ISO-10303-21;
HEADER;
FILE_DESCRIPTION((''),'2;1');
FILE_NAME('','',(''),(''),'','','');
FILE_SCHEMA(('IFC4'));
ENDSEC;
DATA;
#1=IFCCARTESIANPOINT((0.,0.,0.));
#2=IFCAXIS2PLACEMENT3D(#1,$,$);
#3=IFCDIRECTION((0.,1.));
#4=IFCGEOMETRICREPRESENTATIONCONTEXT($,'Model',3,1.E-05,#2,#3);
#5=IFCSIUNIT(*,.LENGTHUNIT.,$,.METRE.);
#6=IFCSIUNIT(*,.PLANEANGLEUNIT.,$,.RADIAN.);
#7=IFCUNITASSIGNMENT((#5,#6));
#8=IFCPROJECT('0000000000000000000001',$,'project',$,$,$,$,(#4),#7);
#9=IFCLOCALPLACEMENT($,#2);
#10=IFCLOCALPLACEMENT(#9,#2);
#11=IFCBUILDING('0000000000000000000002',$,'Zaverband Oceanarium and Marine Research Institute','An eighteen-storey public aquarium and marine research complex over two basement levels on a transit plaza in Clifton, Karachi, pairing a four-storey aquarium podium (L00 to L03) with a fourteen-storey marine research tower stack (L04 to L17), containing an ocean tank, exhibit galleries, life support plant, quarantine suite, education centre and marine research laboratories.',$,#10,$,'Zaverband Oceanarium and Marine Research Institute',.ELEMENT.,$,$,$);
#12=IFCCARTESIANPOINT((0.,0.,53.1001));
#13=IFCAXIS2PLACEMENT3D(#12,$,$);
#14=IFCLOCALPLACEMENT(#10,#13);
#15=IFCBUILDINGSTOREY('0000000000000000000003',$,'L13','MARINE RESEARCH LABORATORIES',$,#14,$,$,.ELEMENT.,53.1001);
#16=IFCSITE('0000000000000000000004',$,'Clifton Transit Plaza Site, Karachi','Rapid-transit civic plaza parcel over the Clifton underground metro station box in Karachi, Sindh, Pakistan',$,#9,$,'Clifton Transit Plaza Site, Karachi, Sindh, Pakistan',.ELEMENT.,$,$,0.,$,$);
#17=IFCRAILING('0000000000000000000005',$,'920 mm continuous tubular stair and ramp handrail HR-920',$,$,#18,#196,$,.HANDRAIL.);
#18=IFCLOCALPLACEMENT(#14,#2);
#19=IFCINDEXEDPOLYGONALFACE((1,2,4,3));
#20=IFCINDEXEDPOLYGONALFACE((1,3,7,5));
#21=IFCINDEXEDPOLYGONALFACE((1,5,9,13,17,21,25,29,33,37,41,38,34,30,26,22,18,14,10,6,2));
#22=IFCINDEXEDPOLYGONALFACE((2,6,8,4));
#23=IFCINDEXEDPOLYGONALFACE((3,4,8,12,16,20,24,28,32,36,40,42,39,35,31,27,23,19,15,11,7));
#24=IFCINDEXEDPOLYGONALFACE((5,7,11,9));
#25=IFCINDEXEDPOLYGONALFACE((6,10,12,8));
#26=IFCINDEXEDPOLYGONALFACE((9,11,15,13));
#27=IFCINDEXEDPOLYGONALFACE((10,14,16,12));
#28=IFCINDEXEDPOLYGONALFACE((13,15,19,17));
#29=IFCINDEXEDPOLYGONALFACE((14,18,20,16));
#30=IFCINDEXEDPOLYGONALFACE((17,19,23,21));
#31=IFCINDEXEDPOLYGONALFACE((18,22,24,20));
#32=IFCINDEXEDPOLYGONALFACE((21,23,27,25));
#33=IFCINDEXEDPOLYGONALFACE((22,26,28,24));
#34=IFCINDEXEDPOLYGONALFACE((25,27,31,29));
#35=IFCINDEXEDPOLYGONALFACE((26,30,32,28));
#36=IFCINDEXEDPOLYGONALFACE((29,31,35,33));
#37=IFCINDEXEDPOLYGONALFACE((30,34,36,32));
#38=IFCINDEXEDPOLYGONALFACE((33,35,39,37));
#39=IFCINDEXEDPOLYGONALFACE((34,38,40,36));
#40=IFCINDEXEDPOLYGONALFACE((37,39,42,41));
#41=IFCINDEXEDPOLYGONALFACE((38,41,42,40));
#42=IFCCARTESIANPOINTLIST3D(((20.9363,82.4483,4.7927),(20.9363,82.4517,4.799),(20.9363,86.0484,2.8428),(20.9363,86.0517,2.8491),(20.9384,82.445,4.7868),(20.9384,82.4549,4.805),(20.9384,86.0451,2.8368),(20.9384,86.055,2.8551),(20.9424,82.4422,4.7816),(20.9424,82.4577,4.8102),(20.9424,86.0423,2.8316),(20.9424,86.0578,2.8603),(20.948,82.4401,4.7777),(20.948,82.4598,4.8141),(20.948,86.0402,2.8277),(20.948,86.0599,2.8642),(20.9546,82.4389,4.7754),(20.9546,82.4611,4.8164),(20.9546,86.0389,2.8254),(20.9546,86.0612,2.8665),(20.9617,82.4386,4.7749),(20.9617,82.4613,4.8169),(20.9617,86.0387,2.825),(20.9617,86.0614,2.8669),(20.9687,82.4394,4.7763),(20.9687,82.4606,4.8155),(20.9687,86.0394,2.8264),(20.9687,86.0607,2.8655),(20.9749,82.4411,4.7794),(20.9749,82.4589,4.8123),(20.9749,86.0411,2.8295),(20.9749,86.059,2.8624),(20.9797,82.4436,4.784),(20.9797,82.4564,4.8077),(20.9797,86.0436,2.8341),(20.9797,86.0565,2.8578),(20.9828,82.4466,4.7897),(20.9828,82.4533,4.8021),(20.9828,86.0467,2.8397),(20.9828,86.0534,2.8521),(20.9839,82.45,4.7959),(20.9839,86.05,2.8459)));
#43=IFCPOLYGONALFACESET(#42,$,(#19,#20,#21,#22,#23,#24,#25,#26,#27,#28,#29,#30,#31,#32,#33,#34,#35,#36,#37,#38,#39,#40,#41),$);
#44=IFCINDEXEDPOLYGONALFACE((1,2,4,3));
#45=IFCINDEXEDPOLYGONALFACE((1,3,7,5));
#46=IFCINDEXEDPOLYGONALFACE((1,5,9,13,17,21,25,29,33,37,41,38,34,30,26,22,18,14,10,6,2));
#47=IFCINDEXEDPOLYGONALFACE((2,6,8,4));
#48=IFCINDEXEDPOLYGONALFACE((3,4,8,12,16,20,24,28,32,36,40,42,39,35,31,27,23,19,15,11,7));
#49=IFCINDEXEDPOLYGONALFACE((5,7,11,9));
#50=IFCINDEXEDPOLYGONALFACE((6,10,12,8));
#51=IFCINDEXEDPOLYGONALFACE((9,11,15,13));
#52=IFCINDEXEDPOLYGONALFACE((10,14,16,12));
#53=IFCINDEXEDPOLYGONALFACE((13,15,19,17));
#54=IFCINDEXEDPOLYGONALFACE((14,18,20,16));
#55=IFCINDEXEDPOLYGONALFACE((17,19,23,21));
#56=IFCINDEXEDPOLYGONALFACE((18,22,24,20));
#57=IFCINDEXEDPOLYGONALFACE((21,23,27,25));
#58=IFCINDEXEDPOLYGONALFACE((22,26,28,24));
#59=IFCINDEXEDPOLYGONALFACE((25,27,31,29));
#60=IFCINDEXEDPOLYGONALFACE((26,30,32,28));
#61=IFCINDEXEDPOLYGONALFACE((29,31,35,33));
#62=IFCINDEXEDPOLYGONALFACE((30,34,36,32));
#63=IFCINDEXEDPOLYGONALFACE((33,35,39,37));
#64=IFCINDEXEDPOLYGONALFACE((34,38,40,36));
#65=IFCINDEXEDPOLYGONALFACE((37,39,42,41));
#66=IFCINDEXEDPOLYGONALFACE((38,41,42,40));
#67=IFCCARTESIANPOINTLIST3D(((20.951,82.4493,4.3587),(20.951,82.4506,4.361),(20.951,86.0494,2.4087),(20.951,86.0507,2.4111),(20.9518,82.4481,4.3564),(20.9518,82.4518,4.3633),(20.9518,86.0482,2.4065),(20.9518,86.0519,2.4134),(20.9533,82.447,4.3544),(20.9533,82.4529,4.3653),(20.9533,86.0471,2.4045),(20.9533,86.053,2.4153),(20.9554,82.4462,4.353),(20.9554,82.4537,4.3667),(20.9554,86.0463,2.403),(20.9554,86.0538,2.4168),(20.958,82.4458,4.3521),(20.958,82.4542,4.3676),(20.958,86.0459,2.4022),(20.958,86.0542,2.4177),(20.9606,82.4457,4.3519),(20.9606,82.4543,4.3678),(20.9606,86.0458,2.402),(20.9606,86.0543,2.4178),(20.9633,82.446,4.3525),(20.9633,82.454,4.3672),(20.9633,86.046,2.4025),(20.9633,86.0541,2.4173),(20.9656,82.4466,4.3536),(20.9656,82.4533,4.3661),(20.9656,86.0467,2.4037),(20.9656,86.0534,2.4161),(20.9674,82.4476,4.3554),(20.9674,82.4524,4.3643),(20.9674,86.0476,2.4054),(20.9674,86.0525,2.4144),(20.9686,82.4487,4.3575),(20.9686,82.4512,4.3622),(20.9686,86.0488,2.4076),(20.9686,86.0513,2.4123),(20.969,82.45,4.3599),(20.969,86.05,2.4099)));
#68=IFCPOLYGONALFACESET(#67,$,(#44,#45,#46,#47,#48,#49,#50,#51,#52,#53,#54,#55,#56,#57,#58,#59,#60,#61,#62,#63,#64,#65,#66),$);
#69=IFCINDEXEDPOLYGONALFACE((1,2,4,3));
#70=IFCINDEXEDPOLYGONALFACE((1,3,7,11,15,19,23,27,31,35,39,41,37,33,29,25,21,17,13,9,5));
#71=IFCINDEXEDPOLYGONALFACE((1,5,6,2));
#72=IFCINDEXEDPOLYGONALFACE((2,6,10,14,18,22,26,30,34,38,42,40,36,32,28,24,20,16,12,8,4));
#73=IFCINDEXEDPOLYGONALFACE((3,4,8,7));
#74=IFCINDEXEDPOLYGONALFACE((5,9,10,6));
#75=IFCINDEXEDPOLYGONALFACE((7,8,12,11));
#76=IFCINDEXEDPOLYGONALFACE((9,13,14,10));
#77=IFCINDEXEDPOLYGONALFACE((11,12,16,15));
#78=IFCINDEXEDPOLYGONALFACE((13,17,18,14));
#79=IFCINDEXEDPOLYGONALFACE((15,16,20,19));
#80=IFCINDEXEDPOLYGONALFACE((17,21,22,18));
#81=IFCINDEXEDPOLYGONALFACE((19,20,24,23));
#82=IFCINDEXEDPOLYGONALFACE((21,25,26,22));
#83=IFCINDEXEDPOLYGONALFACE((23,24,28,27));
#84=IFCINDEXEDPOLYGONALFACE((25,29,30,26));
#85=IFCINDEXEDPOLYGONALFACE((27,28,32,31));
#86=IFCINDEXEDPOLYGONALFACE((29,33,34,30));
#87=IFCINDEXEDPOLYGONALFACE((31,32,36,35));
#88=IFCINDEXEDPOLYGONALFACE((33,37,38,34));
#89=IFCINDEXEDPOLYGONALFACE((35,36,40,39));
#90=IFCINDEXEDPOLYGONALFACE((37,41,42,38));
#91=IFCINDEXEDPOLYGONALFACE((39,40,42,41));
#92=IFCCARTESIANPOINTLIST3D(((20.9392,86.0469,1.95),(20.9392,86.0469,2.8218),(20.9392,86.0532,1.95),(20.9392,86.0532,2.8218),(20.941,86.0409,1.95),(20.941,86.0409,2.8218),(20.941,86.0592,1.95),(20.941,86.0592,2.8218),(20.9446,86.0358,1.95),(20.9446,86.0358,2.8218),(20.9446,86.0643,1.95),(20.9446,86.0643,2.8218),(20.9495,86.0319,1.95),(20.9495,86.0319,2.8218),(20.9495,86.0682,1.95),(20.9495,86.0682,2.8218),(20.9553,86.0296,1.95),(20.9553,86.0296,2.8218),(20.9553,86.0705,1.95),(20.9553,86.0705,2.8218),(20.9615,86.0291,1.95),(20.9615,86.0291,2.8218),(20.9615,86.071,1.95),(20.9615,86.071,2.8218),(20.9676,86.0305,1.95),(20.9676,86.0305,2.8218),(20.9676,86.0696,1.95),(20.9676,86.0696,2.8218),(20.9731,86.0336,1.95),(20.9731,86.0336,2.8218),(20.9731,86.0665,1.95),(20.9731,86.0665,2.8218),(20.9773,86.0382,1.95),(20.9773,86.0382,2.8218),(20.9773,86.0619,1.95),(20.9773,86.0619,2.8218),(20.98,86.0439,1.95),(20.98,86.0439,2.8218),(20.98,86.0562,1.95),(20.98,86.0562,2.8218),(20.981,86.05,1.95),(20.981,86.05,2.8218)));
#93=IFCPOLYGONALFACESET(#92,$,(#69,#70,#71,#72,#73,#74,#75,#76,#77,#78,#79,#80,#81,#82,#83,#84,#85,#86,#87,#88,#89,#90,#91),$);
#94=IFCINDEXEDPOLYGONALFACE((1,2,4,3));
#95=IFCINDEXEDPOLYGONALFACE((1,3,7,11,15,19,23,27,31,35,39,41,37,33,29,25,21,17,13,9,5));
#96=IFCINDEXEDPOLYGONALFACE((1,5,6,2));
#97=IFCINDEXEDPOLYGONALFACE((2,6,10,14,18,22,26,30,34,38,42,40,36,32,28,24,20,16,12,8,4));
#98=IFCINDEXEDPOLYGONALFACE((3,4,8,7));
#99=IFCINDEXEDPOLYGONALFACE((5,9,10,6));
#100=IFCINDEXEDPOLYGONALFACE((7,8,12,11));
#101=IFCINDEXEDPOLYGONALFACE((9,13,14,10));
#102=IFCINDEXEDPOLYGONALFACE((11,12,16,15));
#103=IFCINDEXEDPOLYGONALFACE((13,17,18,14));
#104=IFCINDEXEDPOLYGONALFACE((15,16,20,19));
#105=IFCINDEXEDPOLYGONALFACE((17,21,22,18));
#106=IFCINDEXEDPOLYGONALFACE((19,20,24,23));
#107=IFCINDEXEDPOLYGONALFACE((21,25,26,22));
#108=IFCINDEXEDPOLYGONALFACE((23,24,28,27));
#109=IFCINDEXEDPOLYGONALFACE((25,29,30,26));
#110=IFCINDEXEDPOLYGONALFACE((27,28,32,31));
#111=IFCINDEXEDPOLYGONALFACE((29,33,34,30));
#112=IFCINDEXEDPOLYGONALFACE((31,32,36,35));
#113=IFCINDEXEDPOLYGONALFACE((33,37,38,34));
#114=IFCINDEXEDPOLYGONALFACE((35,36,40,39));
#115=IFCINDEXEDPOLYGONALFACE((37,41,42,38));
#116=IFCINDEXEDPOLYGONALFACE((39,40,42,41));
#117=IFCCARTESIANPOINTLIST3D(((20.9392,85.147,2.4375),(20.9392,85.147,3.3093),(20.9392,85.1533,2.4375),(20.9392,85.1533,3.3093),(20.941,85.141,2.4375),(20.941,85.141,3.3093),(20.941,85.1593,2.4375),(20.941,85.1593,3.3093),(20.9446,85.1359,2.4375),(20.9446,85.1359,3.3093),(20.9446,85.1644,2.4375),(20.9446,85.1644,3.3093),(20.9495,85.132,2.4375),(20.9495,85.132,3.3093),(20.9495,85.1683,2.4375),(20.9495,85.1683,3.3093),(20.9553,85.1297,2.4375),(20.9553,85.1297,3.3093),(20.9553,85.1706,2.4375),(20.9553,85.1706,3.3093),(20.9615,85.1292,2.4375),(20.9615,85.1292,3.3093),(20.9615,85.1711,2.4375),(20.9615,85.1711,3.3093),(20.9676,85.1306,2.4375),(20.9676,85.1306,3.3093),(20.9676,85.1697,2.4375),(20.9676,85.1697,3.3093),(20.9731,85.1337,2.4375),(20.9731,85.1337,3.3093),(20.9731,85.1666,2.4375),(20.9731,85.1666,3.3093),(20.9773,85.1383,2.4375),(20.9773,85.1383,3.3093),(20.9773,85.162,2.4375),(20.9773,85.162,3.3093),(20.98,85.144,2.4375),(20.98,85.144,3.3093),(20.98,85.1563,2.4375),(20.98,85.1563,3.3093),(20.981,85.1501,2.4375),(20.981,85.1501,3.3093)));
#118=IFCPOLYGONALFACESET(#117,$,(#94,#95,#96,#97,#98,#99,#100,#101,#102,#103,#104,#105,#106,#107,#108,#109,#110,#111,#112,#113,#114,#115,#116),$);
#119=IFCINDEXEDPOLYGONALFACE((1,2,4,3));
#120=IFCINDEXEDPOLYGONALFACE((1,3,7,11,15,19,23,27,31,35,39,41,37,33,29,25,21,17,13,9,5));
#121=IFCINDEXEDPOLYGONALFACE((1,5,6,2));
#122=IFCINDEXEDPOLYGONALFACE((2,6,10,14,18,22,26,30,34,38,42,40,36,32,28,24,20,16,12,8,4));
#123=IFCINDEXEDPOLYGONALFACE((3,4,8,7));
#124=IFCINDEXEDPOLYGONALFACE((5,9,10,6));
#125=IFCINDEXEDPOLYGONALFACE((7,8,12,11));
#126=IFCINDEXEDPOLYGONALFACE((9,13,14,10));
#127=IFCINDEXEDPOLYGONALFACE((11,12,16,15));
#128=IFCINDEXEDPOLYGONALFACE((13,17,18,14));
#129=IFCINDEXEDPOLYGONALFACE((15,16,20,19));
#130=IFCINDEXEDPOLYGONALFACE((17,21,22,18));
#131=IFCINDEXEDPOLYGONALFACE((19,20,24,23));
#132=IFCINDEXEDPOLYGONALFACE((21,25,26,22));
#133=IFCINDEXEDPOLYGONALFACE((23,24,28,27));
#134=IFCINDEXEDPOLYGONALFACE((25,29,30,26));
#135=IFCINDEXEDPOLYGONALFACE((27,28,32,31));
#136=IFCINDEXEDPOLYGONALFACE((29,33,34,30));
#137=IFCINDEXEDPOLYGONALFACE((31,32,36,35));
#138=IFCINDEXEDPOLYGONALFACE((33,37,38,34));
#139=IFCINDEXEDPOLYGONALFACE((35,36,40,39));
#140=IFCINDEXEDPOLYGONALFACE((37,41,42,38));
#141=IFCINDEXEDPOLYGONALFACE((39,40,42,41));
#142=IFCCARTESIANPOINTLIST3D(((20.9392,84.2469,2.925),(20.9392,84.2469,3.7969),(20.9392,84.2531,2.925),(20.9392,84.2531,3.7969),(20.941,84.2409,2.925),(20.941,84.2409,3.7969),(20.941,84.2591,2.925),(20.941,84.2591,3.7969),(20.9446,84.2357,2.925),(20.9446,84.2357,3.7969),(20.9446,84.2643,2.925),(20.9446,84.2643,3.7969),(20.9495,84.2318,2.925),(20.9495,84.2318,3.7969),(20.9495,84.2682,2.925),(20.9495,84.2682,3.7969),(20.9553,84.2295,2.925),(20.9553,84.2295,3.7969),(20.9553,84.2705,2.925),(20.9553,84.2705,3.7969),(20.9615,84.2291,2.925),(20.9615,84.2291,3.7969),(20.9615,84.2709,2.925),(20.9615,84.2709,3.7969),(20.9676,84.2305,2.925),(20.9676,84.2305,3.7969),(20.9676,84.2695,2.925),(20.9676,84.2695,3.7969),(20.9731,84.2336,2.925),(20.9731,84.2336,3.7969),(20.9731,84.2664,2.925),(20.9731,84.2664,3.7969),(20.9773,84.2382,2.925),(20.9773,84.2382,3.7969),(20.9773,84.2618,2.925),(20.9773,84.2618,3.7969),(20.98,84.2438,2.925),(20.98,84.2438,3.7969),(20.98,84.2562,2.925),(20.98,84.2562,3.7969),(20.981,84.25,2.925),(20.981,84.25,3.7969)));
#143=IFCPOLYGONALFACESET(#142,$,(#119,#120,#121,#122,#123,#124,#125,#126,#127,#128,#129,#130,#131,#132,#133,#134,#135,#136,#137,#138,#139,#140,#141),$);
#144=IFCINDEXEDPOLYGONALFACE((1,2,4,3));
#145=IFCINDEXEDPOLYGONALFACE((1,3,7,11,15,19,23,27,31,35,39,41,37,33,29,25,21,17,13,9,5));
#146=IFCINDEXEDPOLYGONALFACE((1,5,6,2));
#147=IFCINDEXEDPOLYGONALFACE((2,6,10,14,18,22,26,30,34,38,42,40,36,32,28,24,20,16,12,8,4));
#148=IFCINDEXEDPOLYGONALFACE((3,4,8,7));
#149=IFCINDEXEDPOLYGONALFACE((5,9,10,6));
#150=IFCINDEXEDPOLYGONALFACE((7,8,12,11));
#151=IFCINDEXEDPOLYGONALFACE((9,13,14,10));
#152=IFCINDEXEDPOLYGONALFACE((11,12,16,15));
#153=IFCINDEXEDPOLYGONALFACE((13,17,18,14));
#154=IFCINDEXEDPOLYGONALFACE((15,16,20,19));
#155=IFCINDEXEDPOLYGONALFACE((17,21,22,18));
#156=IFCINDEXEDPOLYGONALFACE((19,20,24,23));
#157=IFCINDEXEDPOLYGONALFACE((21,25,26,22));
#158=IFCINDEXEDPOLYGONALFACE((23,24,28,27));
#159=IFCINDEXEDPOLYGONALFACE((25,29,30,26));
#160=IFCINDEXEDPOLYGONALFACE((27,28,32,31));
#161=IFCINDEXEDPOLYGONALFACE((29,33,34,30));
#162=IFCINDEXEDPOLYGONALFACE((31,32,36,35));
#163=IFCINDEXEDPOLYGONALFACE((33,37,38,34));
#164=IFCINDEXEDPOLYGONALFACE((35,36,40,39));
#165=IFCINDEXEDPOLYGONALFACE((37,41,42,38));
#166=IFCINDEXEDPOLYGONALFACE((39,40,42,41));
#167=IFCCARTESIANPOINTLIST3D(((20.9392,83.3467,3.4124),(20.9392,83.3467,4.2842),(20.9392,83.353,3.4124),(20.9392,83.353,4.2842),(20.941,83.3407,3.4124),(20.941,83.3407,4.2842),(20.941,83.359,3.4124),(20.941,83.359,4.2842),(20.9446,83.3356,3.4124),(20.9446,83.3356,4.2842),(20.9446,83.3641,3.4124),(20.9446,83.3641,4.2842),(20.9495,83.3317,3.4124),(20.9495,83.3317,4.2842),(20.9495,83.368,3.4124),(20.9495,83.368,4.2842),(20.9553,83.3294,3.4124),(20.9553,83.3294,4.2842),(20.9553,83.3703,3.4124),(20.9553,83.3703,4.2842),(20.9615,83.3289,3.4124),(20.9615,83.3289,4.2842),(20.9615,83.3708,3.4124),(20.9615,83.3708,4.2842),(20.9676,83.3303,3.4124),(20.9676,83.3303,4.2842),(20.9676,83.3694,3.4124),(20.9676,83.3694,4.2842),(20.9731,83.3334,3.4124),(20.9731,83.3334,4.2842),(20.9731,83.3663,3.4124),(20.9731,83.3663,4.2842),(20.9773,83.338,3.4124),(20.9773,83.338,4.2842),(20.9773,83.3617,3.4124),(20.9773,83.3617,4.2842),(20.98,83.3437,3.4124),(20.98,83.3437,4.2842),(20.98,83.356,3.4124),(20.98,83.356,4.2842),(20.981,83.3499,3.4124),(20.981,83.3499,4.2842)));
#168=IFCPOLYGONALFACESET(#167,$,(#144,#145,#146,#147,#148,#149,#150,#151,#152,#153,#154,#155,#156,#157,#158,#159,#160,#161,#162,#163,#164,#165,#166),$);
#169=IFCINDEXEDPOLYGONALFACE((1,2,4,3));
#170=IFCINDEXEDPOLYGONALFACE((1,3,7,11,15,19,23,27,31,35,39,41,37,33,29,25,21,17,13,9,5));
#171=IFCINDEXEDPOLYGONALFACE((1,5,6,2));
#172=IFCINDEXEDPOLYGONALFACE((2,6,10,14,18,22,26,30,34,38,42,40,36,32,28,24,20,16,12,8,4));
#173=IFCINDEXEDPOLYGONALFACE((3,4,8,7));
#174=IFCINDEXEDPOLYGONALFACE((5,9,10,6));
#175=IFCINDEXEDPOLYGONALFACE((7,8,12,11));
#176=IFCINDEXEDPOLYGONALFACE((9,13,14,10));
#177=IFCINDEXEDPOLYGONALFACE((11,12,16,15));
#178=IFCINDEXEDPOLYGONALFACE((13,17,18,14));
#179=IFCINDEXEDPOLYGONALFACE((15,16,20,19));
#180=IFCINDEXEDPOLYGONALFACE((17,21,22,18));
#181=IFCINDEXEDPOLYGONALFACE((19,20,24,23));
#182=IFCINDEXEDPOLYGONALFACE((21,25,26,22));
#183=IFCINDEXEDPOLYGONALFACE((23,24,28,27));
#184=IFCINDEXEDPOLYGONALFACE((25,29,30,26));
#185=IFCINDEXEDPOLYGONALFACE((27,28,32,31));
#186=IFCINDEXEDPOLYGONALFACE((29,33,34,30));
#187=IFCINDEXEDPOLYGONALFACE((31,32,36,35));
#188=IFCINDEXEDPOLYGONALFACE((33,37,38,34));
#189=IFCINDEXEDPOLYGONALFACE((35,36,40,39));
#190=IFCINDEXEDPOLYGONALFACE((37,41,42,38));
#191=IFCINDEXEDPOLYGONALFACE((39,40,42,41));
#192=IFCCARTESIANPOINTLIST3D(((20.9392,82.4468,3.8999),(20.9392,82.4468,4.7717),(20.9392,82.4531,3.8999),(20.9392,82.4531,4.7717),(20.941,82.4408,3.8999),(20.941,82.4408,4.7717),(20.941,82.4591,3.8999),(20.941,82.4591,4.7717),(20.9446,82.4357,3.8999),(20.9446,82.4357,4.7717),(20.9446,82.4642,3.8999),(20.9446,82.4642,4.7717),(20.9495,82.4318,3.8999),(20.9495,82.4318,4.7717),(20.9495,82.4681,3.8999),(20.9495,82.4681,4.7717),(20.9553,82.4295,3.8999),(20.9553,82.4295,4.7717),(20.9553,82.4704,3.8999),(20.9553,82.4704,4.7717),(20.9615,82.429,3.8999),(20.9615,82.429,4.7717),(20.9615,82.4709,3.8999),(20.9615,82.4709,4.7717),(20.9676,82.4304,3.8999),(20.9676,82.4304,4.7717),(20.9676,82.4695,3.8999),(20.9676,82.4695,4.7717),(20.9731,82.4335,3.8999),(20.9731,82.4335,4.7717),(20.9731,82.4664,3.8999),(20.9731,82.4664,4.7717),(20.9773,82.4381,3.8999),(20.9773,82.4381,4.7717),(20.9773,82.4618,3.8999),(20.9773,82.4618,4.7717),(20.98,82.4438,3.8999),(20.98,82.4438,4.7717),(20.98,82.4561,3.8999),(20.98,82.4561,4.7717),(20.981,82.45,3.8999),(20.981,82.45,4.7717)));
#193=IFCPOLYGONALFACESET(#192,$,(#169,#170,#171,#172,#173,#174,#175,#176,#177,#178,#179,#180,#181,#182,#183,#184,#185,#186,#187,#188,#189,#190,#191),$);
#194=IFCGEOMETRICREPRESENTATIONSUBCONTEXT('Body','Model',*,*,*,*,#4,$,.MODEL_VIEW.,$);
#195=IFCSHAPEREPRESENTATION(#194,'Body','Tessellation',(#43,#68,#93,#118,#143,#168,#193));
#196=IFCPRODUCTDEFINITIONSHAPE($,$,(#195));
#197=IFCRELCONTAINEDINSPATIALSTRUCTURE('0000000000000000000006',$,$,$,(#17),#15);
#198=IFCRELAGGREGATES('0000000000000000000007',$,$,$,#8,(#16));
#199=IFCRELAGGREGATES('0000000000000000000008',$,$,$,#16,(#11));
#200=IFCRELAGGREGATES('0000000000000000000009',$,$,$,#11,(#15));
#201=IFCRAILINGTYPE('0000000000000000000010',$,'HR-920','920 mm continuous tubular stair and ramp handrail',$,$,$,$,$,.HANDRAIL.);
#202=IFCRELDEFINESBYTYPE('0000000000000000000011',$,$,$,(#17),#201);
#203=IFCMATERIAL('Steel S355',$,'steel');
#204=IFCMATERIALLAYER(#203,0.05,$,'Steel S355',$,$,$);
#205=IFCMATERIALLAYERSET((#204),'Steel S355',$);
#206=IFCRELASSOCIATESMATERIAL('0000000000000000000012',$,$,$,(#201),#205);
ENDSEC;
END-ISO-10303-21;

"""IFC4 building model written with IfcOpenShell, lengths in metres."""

from ifc_helpers import new_model, si_unit, direction, frame, origin, origin_2d, place, context, subcontext, project, spatial, circle, extrude, material, layer, layer_set, type_object, element, save


model = new_model("IFC4")

# Units and contexts
model_context = context("Model", 3, precision=1e-05, world=origin(), true_north=direction((0.0, 1.0)))
body_context = subcontext(model_context, "Body", "Model", "MODEL_VIEW")
ifc_project = project(units=[si_unit("LENGTHUNIT", "METRE"), si_unit("PLANEANGLEUNIT", "RADIAN")], contexts=[model_context])

# Site, building, storey
site_placement = place(None, origin())
site = spatial("IfcSite", under=ifc_project, at=site_placement, Name="Clifton Transit Plaza Site, Karachi", Description="Rapid-transit civic plaza parcel over the Clifton underground metro station box in Karachi, Sindh, Pakistan", LongName="Clifton Transit Plaza Site, Karachi, Sindh, Pakistan", CompositionType="ELEMENT", RefElevation=0.0)
building_placement = place(site_placement, origin())
building = spatial("IfcBuilding", under=site, at=building_placement, Name="Zaverband Oceanarium and Marine Research Institute", Description="An eighteen-storey public aquarium and marine research complex over two basement levels on a transit plaza in Clifton, Karachi, pairing a four-storey aquarium podium (L00 to L03) with a fourteen-storey marine research tower stack (L04 to L17), containing an ocean tank, exhibit galleries, life support plant, quarantine suite, education centre and marine research laboratories.", LongName="Zaverband Oceanarium and Marine Research Institute", CompositionType="ELEMENT")
storey_placement = place(building_placement, frame((0.0, 0.0, 53.1001)))
storey = spatial("IfcBuildingStorey", under=building, at=storey_placement, Name="L13", Description="MARINE RESEARCH LABORATORIES", CompositionType="ELEMENT", Elevation=53.1001)

# Shared definitions
ifc_material_1 = material(Name="Steel S355", Category="steel")

# Railing
ifc_layer_1 = layer(ifc_material_1, 0.05, Name="Steel S355")
ifc_layer_set_1 = layer_set([ifc_layer_1], Name="Steel S355")
railing_type_1 = type_object("IfcRailingType", Name="HR-920", Description="920 mm continuous tubular stair and ramp handrail", PredefinedType="HANDRAIL", material=ifc_layer_set_1)
railing_1_placement = place(storey_placement, frame((20.96, 86.05, 1.95)))
element("IfcRailing", 1, at=railing_1_placement, inside=storey, type_object=railing_type_1, Name="920 mm continuous tubular stair and ramp handrail HR-920", PredefinedType="HANDRAIL", context=body_context, shape_type="SweptSolid", body=[
    extrude(circle(Radius=0.0239, at=origin_2d()), frame((0.0, 0.0, 0.896), z_axis=(0.0, -0.879302, 0.476264), x_axis=(1.0, 0.0, 0.0)), (0.0, 0.0, 1.0), 4.0942),
    extrude(circle(Radius=0.009, at=origin_2d()), frame((0.0, 0.0, 0.46), z_axis=(0.0, -0.879302, 0.476264), x_axis=(1.0, 0.0, 0.0)), (0.0, 0.0, 1.0), 4.0942),
    extrude(circle(Radius=0.021, at=origin_2d()), origin(), (0.0, 0.0, 1.0), 0.8718),
    extrude(circle(Radius=0.021, at=origin_2d()), frame((0.0, -0.8999, 0.4875)), (0.0, 0.0, 1.0), 0.8718),
    extrude(circle(Radius=0.021, at=origin_2d()), frame((0.0, -1.8, 0.9751)), (0.0, 0.0, 1.0), 0.8718),
    extrude(circle(Radius=0.021, at=origin_2d()), frame((0.0, -2.7002, 1.4624)), (0.0, 0.0, 1.0), 0.8718),
    extrude(circle(Radius=0.021, at=origin_2d()), frame((0.0, -3.6001, 1.95)), (0.0, 0.0, 1.0), 0.8718),
])

save(model, "model.ifc")
